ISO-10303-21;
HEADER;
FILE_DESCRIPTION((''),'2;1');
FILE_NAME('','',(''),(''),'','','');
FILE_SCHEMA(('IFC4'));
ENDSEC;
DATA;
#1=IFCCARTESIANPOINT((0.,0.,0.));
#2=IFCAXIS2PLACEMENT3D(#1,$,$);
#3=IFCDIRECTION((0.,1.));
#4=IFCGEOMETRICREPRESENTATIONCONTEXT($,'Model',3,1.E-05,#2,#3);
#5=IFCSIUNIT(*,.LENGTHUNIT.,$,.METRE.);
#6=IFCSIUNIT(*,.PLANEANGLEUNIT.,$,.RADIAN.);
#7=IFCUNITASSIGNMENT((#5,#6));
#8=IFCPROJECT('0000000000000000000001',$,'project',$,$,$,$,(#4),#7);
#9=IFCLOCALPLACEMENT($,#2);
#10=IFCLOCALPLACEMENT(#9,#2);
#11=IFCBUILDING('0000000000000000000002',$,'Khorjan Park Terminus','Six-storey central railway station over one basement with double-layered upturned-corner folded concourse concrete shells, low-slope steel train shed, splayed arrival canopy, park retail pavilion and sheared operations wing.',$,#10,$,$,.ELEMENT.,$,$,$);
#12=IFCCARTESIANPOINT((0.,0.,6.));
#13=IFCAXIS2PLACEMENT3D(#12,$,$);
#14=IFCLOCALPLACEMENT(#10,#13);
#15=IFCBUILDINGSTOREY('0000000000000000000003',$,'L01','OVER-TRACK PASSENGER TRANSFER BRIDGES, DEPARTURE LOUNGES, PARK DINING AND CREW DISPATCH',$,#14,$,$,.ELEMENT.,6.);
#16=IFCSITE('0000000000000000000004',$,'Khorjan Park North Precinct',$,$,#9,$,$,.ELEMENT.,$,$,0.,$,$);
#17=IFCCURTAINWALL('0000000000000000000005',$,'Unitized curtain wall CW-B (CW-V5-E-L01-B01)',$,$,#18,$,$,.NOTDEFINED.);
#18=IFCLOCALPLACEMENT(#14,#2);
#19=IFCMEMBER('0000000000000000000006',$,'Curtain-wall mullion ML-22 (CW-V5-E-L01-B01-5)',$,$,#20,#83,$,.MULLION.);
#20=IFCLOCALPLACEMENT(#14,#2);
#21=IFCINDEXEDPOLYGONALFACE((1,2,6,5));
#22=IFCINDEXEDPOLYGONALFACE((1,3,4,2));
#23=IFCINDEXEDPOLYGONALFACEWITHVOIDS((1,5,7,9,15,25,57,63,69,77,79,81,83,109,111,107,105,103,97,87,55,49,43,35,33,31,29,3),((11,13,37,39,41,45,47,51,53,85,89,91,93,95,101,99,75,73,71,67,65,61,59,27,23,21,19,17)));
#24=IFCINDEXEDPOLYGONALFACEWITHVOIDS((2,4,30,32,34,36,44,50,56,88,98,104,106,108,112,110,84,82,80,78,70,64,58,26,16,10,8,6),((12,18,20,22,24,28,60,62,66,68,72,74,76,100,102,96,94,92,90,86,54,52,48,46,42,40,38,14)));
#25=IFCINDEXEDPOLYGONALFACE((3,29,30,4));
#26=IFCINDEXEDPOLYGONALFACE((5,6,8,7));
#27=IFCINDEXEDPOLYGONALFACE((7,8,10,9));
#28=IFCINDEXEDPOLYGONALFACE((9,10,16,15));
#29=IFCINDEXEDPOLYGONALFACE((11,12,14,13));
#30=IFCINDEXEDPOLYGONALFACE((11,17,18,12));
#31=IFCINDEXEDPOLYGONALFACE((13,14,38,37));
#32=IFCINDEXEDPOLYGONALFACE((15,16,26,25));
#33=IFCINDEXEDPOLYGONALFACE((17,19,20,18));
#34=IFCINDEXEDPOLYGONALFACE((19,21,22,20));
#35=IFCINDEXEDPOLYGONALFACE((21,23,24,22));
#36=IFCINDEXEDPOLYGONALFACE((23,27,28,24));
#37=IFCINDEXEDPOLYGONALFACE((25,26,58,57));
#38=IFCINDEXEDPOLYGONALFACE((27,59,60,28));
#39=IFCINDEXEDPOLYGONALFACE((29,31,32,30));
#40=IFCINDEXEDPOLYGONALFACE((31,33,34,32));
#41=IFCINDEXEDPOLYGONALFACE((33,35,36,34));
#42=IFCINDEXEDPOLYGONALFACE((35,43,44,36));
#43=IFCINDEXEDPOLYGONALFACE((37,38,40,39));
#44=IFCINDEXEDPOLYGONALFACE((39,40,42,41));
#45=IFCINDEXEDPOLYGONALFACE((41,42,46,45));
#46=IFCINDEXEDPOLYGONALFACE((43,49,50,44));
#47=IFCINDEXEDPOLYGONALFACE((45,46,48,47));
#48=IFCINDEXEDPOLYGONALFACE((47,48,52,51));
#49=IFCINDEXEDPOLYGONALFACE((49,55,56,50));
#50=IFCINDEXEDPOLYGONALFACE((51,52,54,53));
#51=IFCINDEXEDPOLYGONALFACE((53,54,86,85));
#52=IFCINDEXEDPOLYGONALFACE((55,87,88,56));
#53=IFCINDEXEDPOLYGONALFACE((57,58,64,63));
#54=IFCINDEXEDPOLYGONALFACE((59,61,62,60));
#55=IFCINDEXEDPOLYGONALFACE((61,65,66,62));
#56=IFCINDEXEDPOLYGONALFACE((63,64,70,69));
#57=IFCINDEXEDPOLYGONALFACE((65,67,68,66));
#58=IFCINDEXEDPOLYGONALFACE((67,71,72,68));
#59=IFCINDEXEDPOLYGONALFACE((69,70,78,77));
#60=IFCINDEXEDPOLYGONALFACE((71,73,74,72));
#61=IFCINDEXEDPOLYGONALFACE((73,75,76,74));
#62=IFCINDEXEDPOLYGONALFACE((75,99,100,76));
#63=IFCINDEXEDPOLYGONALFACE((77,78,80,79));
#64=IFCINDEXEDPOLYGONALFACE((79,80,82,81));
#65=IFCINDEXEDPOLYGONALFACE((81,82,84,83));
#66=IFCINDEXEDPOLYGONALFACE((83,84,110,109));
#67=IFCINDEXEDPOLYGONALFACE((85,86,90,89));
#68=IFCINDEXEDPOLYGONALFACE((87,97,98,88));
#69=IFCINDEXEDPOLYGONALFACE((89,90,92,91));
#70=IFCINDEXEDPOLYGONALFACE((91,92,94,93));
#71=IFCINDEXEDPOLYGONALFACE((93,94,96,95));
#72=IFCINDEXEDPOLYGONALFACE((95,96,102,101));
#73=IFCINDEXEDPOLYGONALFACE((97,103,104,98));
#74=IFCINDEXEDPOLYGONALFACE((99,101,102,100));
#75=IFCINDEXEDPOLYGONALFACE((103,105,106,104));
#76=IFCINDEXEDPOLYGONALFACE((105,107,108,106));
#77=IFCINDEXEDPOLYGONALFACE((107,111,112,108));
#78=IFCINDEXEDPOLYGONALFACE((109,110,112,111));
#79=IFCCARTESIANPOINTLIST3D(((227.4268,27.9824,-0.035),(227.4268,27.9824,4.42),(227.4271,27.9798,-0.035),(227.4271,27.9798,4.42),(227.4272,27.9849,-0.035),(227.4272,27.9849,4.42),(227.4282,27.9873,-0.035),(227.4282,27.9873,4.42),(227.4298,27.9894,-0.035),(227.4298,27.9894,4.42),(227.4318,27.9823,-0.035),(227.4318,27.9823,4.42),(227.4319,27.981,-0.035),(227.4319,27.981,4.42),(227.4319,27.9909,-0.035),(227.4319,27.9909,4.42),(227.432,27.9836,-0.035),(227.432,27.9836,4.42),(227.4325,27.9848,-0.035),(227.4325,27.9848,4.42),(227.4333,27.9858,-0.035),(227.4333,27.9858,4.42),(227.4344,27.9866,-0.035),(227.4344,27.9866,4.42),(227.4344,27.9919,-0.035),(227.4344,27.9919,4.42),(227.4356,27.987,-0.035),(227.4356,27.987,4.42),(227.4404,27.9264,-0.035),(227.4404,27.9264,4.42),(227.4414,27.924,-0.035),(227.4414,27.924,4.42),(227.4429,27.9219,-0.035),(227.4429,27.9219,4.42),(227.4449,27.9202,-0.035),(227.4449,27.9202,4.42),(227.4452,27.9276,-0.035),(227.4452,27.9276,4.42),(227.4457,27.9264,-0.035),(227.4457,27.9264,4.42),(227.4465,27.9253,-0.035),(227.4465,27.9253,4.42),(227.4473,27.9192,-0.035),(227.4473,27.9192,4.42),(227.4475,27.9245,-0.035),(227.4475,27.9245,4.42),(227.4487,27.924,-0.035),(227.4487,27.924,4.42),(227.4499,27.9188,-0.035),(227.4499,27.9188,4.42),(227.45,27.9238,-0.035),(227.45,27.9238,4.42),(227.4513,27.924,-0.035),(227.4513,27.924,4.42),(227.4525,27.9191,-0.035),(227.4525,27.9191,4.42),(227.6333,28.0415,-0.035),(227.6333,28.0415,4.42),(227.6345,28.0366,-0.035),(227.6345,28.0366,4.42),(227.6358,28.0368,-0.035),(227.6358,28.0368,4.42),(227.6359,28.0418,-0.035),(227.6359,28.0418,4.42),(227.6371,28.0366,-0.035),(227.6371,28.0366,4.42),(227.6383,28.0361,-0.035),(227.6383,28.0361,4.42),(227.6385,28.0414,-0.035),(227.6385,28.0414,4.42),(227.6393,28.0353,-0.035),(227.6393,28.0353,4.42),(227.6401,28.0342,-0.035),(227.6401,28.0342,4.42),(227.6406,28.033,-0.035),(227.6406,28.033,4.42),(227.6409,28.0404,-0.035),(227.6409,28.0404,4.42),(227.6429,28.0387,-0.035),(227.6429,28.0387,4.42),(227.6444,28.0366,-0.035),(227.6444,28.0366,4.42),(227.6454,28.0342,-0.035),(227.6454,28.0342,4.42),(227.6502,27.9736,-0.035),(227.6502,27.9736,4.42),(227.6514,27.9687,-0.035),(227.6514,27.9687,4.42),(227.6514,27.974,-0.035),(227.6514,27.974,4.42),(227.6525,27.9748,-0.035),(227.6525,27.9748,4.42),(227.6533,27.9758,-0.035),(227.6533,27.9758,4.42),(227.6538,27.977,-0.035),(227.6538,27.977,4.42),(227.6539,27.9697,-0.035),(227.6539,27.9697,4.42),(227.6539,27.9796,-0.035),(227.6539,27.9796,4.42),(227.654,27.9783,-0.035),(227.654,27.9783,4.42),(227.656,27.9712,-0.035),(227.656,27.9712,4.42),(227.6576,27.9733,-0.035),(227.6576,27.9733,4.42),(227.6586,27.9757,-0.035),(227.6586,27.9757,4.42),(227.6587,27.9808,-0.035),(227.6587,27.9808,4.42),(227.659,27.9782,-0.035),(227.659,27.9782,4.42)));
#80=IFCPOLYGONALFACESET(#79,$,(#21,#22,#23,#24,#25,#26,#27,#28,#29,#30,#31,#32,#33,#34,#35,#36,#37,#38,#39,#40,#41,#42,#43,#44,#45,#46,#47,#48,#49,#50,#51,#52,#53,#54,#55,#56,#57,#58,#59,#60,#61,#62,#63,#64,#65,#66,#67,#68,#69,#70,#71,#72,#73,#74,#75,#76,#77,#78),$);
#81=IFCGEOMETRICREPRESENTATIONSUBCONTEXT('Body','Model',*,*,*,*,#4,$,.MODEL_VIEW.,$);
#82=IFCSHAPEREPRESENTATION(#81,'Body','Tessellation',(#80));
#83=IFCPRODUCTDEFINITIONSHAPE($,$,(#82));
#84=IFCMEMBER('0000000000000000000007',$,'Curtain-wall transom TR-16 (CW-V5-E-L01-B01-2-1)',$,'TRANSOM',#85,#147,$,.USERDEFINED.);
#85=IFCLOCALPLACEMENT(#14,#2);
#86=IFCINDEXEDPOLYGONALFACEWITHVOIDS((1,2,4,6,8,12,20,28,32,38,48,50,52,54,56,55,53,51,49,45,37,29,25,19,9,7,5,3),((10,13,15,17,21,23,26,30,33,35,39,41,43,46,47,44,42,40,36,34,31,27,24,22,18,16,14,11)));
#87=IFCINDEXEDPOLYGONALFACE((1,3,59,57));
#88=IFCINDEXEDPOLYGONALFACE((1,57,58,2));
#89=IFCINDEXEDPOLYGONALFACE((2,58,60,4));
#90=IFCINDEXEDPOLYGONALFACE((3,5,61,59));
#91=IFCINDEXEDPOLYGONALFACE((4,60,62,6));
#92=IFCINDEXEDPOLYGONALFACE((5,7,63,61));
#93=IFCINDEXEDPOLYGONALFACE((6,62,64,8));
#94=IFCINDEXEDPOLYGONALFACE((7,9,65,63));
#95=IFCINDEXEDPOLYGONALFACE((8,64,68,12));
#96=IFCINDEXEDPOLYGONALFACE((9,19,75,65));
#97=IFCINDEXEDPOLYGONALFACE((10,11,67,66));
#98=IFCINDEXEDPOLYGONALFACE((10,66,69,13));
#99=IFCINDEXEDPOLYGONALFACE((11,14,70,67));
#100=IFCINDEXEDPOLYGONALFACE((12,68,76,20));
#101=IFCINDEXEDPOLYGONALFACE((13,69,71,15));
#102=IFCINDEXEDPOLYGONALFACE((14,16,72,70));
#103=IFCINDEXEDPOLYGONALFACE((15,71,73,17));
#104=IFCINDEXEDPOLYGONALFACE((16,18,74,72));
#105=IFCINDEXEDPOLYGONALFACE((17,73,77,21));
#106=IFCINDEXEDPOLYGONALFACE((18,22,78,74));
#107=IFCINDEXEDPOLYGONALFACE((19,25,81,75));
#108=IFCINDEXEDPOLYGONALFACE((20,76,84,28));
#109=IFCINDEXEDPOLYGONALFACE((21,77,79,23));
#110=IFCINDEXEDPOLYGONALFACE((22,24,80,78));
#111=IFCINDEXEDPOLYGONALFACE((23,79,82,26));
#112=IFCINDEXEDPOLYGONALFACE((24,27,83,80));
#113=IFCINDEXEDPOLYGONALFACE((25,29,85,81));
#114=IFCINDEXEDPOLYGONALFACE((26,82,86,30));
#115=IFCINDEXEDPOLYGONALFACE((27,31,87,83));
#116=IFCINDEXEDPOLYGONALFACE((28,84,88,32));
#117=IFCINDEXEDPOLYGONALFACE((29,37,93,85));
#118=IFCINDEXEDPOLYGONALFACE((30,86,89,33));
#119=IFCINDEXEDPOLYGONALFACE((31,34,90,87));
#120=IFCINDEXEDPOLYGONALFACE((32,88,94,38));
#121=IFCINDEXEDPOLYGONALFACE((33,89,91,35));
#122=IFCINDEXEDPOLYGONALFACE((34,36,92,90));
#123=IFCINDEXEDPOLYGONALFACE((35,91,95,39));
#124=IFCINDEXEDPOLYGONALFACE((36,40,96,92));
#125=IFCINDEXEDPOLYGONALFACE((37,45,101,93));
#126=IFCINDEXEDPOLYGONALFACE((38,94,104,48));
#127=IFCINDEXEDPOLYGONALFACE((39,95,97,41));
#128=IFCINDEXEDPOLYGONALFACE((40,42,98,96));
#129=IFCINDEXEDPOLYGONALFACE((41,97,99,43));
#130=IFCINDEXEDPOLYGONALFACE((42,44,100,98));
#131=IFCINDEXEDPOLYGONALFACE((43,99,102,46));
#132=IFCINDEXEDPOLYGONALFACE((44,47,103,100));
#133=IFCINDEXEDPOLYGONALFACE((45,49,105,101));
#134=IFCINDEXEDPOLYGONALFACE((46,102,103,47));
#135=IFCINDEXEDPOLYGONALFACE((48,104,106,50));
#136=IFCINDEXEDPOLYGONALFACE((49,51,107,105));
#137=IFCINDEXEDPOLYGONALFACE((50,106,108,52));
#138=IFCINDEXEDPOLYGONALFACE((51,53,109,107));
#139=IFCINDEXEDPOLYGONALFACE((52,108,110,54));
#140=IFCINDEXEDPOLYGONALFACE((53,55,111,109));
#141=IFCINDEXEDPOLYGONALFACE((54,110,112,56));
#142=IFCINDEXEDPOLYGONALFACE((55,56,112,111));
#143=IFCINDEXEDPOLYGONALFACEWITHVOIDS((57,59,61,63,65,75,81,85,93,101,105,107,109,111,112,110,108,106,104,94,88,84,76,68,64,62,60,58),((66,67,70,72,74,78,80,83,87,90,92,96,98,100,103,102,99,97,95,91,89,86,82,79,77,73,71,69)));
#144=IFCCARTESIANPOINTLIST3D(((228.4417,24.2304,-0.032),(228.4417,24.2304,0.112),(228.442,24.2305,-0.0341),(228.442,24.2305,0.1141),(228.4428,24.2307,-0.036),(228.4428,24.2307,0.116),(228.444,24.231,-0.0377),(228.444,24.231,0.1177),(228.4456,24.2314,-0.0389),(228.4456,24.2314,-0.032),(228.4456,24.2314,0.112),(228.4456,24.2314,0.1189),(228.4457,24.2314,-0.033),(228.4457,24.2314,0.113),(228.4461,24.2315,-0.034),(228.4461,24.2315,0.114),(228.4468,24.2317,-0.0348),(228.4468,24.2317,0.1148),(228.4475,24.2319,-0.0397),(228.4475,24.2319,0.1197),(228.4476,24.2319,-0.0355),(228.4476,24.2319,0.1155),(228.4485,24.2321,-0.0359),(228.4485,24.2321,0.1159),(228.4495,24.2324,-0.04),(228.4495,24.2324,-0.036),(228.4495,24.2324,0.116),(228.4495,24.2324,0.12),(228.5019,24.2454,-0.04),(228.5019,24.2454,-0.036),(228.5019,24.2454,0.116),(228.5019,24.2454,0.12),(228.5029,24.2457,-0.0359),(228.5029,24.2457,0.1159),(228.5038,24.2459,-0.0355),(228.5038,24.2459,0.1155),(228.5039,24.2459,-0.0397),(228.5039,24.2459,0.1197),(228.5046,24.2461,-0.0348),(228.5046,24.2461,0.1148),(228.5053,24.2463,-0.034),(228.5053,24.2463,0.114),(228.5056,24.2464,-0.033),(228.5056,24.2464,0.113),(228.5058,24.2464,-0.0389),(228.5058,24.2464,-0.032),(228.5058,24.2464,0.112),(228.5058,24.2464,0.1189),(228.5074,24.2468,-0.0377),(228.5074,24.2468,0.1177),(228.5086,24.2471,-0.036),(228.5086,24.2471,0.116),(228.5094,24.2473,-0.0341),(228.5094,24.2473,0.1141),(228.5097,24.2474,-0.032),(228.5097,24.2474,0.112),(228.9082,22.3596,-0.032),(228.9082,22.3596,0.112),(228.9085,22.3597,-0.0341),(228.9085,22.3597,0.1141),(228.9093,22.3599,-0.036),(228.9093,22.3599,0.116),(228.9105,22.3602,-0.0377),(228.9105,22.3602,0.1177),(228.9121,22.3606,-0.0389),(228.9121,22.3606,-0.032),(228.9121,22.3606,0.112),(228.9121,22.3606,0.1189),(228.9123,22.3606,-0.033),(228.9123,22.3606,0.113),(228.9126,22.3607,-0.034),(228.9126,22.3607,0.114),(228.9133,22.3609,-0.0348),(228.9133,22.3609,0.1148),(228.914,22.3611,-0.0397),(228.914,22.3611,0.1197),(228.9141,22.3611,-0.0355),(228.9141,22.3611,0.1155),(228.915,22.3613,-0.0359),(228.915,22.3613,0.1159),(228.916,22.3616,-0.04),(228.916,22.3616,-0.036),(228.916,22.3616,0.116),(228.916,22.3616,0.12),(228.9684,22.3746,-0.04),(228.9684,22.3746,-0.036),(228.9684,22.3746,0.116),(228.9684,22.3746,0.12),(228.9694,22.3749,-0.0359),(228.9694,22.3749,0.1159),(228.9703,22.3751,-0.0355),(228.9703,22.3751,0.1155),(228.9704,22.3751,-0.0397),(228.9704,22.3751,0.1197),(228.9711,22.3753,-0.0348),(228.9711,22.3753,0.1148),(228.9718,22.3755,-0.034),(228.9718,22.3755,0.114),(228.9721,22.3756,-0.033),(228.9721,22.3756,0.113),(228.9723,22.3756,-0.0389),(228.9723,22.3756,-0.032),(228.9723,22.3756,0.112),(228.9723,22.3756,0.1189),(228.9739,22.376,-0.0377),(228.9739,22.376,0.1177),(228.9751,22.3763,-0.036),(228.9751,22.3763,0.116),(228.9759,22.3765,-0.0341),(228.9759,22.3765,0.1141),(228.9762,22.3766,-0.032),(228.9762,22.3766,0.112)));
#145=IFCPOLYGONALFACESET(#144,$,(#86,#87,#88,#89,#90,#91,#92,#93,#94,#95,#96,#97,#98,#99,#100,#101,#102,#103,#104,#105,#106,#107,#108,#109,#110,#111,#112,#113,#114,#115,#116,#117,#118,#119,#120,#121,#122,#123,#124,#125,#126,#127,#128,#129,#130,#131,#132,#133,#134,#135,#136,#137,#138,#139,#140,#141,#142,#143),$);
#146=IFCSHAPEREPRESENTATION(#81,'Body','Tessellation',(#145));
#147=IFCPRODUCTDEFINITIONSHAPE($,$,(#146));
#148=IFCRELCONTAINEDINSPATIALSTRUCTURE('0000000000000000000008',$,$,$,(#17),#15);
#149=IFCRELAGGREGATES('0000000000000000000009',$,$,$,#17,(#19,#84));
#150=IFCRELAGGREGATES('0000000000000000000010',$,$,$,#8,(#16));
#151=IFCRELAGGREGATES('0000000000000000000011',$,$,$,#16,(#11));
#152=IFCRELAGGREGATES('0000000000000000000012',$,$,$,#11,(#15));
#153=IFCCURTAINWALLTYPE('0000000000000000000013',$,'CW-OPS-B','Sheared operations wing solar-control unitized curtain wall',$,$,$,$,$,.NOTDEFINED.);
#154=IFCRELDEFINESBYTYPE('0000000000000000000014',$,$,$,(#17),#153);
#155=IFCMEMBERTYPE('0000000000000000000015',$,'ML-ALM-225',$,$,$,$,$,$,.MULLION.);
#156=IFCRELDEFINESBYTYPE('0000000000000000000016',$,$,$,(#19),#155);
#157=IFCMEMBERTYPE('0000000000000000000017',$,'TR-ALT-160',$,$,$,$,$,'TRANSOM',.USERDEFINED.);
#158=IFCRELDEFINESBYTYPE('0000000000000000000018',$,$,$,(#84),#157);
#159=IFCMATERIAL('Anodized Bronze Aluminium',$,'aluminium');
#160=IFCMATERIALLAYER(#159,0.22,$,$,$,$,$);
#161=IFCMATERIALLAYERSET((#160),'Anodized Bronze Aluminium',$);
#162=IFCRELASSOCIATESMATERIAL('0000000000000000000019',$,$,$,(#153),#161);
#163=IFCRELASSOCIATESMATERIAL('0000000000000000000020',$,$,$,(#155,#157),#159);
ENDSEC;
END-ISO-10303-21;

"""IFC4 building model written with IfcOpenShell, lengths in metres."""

from ifc_helpers import new_model, si_unit, direction, frame, origin, origin_2d, place, context, subcontext, project, spatial, hollow_rectangle, extrude, material, layer, layer_set, material_profile, profile_set, type_object, element, aggregate, save


model = new_model("IFC4")

# Units and contexts
model_context = context("Model", 3, precision=1e-05, world=origin(), true_north=direction((0.0, 1.0)))
body_context = subcontext(model_context, "Body", "Model", "MODEL_VIEW")
ifc_project = project(units=[si_unit("LENGTHUNIT", "METRE"), si_unit("PLANEANGLEUNIT", "RADIAN")], contexts=[model_context])

# Site, building, storey
site_placement = place(None, origin())
site = spatial("IfcSite", under=ifc_project, at=site_placement, Name="Khorjan Park North Precinct", CompositionType="ELEMENT", RefElevation=0.0)
building_placement = place(site_placement, origin())
building = spatial("IfcBuilding", under=site, at=building_placement, Name="Khorjan Park Terminus", Description="Six-storey central railway station over one basement with double-layered upturned-corner folded concourse concrete shells, low-slope steel train shed, splayed arrival canopy, park retail pavilion and sheared operations wing.", CompositionType="ELEMENT")
storey_placement = place(building_placement, frame((0.0, 0.0, 6.0)))
storey = spatial("IfcBuildingStorey", under=building, at=storey_placement, Name="L01", Description="OVER-TRACK PASSENGER TRANSFER BRIDGES, DEPARTURE LOUNGES, PARK DINING AND CREW DISPATCH", CompositionType="ELEMENT", Elevation=6.0)

# Curtain wall, members
ifc_material_1 = material(Name="Anodized Bronze Aluminium", Category="aluminium")
ifc_layer_1 = layer(ifc_material_1, 0.22)
ifc_layer_set_1 = layer_set([ifc_layer_1], Name="Anodized Bronze Aluminium")
curtain_wall_type = type_object("IfcCurtainWallType", Name="CW-OPS-B", Description="Sheared operations wing solar-control unitized curtain wall", PredefinedType="NOTDEFINED", material=ifc_layer_set_1)
curtain_wall_placement = place(storey_placement, origin())
curtain_wall = element("IfcCurtainWall", 1, at=curtain_wall_placement, inside=storey, type_object=curtain_wall_type, Name="Unitized curtain wall CW-B (CW-V5-E-L01-B01)", PredefinedType="NOTDEFINED")
ifc_material_profile_1 = material_profile(ifc_material_1, hollow_rectangle(XDim=0.075, YDim=0.225, WallThickness=0.005, InnerFilletRadius=0.005, OuterFilletRadius=0.01, at=origin_2d()), Name="ALM 75x225x5")
ifc_profile_set_1 = profile_set([ifc_material_profile_1], Name="Anodized Bronze Aluminium")
member_type_1 = type_object("IfcMemberType", Name="ML-ALM-225", PredefinedType="MULLION", material=ifc_profile_set_1)
member_1_placement = place(storey_placement, frame((227.5429, 27.9803, -0.035), z_axis=(0.0, 0.0, 1.0), x_axis=(-0.24192, 0.970296, 0.0)))
member_1 = element("IfcMember", 2, at=member_1_placement, type_object=member_type_1, Name="Curtain-wall mullion ML-22 (CW-V5-E-L01-B01-5)", PredefinedType="MULLION", context=body_context, shape_type="SweptSolid", body=[
    extrude(hollow_rectangle(XDim=0.075, YDim=0.225, WallThickness=0.005, InnerFilletRadius=0.005, OuterFilletRadius=0.01, at=origin_2d()), origin(), (0.0, 0.0, 1.0), 4.455),
])
ifc_material_profile_2 = material_profile(ifc_material_1, hollow_rectangle(XDim=0.07, YDim=0.16, WallThickness=0.004, InnerFilletRadius=0.004, OuterFilletRadius=0.008, at=origin_2d()), Name="ALT 70x160x4")
ifc_profile_set_2 = profile_set([ifc_material_profile_2], Name="Anodized Bronze Aluminium")
member_type_2 = type_object("IfcMemberType", Name="TR-ALT-160", ElementType="TRANSOM", PredefinedType="USERDEFINED", material=ifc_profile_set_2)
member_2_placement = place(storey_placement, frame((228.9422, 22.3681, 0.04), z_axis=(-0.24195, 0.970289, 0.0), x_axis=(-0.970289, -0.24195, 0.0)))
member_2 = element("IfcMember", 3, at=member_2_placement, type_object=member_type_2, Name="Curtain-wall transom TR-16 (CW-V5-E-L01-B01-2-1)", ObjectType="TRANSOM", PredefinedType="USERDEFINED", context=body_context, shape_type="SweptSolid", body=[
    extrude(hollow_rectangle(XDim=0.07, YDim=0.16, WallThickness=0.004, InnerFilletRadius=0.004, OuterFilletRadius=0.008, at=origin_2d()), origin(), (0.0, 0.0, 1.0), 1.9281),
])
aggregate(curtain_wall, [member_1, member_2])

save(model, "model.ifc")
